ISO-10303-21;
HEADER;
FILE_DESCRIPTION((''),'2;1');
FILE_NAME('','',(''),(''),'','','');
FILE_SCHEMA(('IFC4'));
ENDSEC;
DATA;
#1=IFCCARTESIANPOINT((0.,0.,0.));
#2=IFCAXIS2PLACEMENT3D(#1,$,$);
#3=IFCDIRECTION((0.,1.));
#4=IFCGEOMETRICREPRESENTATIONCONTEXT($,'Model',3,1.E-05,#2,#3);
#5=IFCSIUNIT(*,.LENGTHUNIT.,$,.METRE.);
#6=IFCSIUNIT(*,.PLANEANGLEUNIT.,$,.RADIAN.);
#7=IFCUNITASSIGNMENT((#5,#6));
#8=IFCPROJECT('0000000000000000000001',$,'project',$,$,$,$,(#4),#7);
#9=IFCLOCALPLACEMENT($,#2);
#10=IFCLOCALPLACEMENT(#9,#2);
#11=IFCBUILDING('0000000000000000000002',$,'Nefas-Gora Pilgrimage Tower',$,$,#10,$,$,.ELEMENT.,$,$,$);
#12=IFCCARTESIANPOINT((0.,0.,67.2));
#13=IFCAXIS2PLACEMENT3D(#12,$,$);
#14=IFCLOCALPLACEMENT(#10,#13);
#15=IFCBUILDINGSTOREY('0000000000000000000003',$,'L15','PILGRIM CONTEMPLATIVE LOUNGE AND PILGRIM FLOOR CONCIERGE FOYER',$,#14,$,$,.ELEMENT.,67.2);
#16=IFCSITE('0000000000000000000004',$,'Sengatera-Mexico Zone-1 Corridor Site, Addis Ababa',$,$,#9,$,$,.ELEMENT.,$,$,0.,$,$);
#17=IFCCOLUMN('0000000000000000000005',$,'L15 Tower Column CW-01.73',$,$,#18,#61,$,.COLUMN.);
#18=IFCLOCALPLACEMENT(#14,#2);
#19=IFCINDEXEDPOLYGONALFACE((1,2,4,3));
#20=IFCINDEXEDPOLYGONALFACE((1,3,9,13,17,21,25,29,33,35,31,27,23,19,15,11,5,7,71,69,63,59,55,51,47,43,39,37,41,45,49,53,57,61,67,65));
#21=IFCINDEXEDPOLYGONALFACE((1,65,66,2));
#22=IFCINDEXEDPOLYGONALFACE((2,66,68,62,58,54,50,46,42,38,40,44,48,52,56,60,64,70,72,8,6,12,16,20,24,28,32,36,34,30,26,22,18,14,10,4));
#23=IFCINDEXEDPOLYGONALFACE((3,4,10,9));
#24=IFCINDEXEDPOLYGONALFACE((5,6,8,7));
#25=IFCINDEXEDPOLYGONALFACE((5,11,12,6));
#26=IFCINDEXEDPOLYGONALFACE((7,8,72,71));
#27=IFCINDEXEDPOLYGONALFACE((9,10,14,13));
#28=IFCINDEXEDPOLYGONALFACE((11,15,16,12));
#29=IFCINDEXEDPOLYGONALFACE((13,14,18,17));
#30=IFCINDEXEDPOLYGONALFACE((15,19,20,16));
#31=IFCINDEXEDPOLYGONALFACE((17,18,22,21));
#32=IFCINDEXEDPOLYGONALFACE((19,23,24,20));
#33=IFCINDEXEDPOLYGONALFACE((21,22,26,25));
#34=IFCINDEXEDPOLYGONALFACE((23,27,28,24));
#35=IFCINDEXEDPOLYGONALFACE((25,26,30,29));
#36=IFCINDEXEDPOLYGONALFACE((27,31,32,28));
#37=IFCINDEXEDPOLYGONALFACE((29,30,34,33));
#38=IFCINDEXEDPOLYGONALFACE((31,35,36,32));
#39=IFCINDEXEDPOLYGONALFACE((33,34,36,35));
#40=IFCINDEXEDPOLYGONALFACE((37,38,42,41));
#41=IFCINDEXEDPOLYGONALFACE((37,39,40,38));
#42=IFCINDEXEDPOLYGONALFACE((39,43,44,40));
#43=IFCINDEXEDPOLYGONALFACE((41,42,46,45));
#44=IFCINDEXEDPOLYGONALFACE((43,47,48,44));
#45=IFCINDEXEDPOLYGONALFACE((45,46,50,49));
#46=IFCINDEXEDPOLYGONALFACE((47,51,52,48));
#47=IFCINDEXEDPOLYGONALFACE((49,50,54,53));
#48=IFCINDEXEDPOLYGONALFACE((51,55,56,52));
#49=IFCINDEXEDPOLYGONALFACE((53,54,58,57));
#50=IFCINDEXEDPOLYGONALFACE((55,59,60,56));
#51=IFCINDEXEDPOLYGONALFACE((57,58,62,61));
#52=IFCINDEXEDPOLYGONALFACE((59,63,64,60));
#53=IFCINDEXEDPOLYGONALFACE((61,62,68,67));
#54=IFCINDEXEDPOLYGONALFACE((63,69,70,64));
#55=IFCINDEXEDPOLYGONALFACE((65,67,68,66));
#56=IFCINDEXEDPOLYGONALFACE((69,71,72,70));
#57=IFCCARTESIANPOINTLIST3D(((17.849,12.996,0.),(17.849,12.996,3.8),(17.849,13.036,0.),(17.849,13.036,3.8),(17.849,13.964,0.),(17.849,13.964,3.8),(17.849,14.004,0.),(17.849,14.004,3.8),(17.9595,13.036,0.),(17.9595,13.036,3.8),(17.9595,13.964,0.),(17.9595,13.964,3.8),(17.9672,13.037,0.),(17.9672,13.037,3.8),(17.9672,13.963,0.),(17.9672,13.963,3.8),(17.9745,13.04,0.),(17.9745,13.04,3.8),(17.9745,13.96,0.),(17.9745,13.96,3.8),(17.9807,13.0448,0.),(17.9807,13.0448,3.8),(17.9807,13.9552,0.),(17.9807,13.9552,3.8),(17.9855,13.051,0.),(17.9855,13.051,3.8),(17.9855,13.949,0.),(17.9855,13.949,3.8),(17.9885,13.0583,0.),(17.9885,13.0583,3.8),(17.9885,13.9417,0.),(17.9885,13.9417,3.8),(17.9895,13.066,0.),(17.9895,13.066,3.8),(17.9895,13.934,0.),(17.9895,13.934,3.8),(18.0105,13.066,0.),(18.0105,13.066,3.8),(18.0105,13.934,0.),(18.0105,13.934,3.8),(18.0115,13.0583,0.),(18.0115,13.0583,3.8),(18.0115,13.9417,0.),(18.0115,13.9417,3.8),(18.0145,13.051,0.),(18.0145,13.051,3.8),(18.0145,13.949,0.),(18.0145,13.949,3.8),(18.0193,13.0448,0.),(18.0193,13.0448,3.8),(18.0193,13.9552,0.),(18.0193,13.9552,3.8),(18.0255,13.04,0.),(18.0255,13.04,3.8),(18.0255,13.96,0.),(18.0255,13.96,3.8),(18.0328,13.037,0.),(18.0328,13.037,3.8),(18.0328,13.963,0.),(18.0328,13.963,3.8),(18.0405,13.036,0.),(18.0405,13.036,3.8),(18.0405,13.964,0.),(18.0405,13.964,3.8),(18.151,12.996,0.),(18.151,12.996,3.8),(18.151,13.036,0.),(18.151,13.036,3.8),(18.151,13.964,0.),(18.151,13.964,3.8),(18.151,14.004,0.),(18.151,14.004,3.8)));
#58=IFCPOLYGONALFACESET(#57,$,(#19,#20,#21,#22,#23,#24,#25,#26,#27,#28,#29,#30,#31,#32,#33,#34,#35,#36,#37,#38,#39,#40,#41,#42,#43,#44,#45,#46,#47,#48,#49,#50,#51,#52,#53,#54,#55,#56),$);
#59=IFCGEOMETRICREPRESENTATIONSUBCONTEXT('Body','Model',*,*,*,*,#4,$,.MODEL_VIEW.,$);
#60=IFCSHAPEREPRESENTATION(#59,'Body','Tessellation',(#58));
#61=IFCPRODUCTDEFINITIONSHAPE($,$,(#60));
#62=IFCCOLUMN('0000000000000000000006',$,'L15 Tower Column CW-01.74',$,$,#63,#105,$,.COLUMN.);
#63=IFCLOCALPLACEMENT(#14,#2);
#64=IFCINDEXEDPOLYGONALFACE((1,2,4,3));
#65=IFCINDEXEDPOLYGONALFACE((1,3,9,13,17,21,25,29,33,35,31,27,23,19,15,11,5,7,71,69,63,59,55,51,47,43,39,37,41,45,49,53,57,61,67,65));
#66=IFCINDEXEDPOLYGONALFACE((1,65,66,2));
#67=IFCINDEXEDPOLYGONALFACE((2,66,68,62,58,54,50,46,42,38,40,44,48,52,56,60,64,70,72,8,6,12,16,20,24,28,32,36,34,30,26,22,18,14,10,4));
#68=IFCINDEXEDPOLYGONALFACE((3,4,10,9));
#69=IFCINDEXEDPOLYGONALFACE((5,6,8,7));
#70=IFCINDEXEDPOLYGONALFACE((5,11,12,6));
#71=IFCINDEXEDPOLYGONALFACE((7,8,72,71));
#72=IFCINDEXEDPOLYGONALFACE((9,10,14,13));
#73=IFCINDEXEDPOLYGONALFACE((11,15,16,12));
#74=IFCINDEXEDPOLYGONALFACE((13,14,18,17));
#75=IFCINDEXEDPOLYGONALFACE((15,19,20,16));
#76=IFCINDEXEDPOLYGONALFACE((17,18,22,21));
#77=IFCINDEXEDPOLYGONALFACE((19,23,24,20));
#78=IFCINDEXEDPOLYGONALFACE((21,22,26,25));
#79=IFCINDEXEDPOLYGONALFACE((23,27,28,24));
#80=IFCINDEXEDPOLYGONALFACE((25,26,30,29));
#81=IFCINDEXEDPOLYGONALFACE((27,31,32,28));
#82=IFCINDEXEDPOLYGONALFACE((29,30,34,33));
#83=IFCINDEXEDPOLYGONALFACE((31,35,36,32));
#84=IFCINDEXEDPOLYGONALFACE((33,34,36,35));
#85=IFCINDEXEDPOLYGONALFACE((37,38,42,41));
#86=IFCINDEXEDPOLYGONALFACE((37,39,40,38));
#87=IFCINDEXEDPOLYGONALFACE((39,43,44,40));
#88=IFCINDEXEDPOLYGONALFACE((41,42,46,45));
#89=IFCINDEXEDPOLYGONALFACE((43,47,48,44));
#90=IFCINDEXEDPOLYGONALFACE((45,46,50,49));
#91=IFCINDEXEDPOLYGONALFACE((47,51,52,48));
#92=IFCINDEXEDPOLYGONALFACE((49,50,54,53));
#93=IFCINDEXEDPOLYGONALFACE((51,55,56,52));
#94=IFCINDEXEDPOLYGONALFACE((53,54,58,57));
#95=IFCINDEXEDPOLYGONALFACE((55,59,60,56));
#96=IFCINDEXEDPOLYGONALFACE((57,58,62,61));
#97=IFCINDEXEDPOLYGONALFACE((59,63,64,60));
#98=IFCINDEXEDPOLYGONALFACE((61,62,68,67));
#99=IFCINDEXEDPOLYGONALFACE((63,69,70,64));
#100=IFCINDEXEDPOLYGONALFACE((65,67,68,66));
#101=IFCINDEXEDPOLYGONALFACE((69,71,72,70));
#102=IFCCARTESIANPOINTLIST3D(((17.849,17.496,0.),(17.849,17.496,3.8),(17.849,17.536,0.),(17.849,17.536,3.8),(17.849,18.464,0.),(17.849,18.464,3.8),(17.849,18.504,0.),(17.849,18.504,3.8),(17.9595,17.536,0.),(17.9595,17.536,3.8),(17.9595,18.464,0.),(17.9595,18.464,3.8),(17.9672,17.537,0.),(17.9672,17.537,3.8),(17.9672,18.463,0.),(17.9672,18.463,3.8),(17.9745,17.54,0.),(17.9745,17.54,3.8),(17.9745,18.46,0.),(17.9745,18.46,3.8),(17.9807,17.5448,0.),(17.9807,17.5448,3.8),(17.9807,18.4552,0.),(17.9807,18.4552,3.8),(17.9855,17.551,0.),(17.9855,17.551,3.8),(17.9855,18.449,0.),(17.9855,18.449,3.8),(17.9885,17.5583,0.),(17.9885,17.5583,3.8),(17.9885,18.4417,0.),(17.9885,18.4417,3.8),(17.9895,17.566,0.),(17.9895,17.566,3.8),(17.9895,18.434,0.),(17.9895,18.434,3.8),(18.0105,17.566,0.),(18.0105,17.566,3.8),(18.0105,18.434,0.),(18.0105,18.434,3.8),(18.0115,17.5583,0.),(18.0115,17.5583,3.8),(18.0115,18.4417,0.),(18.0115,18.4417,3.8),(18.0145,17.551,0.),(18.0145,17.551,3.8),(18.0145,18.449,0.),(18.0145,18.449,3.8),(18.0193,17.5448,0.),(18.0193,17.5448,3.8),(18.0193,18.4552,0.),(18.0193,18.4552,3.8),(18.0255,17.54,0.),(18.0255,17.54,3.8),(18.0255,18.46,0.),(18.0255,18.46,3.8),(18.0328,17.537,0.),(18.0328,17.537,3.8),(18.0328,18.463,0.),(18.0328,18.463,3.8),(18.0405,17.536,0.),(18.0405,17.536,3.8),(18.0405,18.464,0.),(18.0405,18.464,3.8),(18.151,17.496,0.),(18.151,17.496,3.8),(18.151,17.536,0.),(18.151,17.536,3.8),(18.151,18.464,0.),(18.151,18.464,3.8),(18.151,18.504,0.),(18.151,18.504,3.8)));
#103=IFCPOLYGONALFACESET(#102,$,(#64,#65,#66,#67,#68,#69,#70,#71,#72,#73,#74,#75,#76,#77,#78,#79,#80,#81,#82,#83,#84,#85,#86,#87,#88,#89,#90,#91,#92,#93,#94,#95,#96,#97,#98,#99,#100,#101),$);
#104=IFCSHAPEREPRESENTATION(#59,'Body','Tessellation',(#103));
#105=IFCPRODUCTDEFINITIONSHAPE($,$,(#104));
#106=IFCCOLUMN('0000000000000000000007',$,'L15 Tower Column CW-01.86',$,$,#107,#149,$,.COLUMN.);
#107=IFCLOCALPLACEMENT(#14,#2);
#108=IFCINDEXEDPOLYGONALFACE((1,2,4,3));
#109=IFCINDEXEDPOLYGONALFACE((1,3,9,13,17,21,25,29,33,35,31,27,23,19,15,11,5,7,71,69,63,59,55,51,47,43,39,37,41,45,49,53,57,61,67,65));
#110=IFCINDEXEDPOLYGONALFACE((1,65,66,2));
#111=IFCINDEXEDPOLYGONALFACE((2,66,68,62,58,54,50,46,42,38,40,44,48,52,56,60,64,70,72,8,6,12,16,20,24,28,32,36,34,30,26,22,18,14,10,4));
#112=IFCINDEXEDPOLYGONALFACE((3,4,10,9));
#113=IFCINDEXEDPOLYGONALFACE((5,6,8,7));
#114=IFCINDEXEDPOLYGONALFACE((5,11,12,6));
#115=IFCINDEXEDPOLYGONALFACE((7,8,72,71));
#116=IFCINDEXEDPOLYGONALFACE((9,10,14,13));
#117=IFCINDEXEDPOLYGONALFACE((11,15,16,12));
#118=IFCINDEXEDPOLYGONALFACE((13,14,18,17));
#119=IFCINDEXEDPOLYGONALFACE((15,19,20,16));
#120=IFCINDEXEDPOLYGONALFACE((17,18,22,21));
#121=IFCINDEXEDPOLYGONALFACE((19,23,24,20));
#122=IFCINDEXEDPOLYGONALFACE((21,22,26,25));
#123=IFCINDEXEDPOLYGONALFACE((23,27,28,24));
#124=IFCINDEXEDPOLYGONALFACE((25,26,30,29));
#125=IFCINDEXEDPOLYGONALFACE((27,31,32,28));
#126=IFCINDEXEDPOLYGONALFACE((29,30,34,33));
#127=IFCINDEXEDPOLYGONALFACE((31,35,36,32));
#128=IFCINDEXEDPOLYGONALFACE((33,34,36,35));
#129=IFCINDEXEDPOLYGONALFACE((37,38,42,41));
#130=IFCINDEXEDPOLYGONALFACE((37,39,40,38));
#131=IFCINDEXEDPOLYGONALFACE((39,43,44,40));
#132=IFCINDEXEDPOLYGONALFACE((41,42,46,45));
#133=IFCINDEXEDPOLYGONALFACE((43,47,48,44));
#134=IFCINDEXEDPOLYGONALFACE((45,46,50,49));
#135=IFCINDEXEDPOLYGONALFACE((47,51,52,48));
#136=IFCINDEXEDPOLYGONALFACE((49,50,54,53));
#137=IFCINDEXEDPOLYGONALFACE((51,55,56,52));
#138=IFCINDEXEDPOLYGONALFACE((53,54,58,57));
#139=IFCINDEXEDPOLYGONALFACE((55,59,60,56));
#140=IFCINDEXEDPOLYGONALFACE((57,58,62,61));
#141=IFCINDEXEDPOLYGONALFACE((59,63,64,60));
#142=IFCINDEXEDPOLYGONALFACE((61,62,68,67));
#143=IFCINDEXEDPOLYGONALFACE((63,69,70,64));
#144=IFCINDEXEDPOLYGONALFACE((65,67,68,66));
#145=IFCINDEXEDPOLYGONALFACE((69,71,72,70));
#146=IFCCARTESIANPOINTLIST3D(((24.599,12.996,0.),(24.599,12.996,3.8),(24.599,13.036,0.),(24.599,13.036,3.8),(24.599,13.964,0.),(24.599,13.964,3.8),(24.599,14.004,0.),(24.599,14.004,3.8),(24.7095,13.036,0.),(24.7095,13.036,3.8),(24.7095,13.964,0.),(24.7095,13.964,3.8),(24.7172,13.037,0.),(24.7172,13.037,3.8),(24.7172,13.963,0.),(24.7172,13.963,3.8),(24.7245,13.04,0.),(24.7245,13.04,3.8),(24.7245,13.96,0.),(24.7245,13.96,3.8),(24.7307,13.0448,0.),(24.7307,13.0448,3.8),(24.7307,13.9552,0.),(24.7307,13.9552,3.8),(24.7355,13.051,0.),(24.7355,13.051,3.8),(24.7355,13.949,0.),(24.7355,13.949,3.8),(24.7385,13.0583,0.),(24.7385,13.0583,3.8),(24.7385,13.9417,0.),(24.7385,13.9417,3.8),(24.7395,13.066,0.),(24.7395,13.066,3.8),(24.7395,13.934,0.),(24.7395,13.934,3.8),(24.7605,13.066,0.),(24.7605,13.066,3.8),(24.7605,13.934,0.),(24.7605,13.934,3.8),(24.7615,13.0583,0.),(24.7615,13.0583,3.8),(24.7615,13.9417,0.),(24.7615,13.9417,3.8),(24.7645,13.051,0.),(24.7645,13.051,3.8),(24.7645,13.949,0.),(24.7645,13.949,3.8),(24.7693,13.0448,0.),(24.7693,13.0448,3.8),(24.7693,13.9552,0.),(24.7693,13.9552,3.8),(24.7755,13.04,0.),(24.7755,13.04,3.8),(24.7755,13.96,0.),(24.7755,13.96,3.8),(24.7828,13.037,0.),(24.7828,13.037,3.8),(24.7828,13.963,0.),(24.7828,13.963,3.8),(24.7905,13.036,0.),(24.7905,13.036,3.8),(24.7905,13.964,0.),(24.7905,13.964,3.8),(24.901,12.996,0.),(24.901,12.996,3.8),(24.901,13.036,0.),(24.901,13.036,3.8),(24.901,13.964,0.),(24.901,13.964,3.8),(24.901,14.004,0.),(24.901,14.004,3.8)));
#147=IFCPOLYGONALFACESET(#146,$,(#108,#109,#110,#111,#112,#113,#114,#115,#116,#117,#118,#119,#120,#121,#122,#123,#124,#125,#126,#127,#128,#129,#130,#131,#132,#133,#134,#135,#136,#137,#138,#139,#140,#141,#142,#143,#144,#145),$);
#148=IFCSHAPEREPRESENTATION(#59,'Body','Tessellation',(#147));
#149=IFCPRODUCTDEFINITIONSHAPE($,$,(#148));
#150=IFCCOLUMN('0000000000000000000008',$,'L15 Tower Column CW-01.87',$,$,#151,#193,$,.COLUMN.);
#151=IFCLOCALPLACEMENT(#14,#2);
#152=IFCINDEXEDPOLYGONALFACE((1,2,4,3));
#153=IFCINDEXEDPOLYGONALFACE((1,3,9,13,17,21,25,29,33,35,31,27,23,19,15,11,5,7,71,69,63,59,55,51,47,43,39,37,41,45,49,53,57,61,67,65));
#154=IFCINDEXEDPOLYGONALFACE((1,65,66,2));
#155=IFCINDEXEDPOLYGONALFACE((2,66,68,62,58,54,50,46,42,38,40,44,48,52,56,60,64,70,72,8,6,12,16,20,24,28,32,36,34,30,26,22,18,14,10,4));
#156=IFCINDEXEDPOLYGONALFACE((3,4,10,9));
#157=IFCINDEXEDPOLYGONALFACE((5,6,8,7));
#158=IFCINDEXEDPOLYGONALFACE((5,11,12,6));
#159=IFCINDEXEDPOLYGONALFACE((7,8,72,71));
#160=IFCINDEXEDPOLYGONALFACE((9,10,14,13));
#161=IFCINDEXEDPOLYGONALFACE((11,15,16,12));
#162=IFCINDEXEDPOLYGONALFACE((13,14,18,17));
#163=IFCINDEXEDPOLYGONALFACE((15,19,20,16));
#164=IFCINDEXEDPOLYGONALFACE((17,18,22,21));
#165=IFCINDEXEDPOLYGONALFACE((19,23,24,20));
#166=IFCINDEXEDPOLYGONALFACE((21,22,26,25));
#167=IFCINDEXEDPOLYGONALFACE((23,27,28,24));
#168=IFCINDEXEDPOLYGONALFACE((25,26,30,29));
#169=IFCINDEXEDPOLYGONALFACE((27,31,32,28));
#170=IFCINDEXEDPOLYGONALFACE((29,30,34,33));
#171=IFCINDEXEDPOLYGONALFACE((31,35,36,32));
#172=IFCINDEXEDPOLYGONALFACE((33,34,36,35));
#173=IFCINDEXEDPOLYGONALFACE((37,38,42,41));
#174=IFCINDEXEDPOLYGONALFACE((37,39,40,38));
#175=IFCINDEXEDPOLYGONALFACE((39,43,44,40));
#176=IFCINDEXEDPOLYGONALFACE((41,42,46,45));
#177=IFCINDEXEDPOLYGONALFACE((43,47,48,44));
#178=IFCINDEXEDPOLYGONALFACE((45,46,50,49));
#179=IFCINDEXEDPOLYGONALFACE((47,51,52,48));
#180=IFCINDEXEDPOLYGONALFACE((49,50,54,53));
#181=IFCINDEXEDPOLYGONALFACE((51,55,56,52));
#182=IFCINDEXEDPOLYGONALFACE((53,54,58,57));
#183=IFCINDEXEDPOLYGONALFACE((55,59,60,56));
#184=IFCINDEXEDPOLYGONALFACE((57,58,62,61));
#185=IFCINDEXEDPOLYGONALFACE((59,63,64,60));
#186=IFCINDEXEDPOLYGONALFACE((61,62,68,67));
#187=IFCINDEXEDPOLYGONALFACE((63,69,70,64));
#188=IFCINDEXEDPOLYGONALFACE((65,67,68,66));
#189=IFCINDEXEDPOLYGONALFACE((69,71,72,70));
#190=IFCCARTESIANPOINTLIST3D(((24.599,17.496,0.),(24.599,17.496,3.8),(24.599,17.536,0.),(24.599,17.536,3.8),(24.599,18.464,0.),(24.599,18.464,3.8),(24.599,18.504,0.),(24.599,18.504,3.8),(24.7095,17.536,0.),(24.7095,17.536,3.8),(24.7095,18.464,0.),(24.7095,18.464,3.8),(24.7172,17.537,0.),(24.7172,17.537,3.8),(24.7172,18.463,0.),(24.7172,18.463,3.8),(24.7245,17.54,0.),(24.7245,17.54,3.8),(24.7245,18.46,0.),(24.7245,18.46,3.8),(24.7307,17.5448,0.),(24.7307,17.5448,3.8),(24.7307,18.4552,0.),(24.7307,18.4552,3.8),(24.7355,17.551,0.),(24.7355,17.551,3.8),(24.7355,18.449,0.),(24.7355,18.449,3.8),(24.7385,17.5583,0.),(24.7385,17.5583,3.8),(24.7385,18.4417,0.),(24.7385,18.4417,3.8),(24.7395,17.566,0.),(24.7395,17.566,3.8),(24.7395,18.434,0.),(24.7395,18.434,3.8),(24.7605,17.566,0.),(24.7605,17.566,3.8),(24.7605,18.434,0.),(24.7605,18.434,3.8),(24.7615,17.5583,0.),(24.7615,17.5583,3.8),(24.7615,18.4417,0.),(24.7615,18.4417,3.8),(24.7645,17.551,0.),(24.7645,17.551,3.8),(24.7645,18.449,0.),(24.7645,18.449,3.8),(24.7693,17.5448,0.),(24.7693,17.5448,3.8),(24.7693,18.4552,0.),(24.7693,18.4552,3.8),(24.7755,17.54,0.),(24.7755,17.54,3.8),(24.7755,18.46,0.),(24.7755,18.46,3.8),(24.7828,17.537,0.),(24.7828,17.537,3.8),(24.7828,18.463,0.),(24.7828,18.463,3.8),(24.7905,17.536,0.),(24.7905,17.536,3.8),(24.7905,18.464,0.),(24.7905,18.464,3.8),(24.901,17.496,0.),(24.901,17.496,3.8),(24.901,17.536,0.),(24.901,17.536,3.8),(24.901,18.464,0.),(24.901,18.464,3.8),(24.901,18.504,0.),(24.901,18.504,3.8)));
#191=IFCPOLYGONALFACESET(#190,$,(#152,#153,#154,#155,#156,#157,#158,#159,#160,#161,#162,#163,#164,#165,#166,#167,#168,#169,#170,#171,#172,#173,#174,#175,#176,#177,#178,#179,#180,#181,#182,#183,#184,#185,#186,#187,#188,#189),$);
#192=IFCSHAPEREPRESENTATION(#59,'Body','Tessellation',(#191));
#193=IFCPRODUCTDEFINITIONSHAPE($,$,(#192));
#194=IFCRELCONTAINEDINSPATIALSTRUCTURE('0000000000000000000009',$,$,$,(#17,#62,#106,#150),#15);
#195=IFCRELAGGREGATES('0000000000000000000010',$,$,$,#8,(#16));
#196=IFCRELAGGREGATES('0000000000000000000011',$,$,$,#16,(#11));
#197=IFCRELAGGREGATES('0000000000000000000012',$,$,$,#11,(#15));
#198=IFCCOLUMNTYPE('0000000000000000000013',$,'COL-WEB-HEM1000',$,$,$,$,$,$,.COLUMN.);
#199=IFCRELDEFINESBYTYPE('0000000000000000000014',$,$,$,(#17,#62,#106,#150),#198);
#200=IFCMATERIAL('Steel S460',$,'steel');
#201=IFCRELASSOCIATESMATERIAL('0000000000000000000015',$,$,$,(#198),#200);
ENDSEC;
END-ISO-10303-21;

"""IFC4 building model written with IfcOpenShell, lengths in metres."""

from ifc_helpers import new_model, si_unit, direction, frame, origin, origin_2d, place, context, subcontext, project, spatial, i_section, extrude, source, transform, mapped, material, material_profile, profile_set, type_object, element, save


model = new_model("IFC4")

# Units and contexts
model_context = context("Model", 3, precision=1e-05, world=origin(), true_north=direction((0.0, 1.0)))
body_context = subcontext(model_context, "Body", "Model", "MODEL_VIEW")
ifc_project = project(units=[si_unit("LENGTHUNIT", "METRE"), si_unit("PLANEANGLEUNIT", "RADIAN")], contexts=[model_context])

# Site, building, storey
site_placement = place(None, origin())
site = spatial("IfcSite", under=ifc_project, at=site_placement, Name="Sengatera-Mexico Zone-1 Corridor Site, Addis Ababa", CompositionType="ELEMENT", RefElevation=0.0)
building_placement = place(site_placement, origin())
building = spatial("IfcBuilding", under=site, at=building_placement, Name="Nefas-Gora Pilgrimage Tower", CompositionType="ELEMENT")
storey_placement = place(building_placement, frame((0.0, 0.0, 67.2)))
storey = spatial("IfcBuildingStorey", under=building, at=storey_placement, Name="L15", Description="PILGRIM CONTEMPLATIVE LOUNGE AND PILGRIM FLOOR CONCIERGE FOYER", CompositionType="ELEMENT", Elevation=67.2)

# Columns
ifc_material_1 = material(Name="Steel S460", Category="steel")
ifc_material_profile_1 = material_profile(ifc_material_1, i_section(OverallWidth=0.302, OverallDepth=1.0081, WebThickness=0.021, FlangeThickness=0.04, FilletRadius=0.03, at=origin_2d()), Name="HEM 1000")
ifc_profile_set_1 = profile_set([ifc_material_profile_1], Name="Steel S460")
column_type_1 = type_object("IfcColumnType", Name="COL-WEB-HEM1000", PredefinedType="COLUMN", material=ifc_profile_set_1)
shared_shape_1 = source(origin(), body_context, "Body", "SweptSolid", [
    extrude(i_section(OverallWidth=0.302, OverallDepth=1.0081, WebThickness=0.021, FlangeThickness=0.04, FilletRadius=0.03, at=origin_2d()), origin(), (0.0, 0.0, 1.0), 3.8),
])
for number, where, z_axis, x_axis, name in (
    (1, (18.0, 13.5, 0.0), (0.0, 0.0, 1.0), (1.0, 0.0, 0.0), "L15 Tower Column CW-01.73"),
    (2, (18.0, 18.0, 0.0), (0.0, 0.0, 1.0), (1.0, 0.0, 0.0), "L15 Tower Column CW-01.74"),
    (3, (24.75, 13.5, 0.0), (0.0, 0.0, 1.0), (1.0, 0.0, 0.0), "L15 Tower Column CW-01.86"),
    (4, (24.75, 18.0, 0.0), (0.0, 0.0, 1.0), (1.0, 0.0, 0.0), "L15 Tower Column CW-01.87"),
):
    element("IfcColumn", number, at=place(storey_placement, frame(where, z_axis=z_axis, x_axis=x_axis)), inside=storey, type_object=column_type_1, Name=name, PredefinedType="COLUMN", context=body_context, shape_type="MappedRepresentation", body=[
        mapped(shared_shape_1, transform((0.0, 0.0, 0.0), x_axis=(1.0, 0.0, 0.0), y_axis=(0.0, 1.0, 0.0), z_axis=(0.0, 0.0, 1.0), scale=1.0)),
    ])

save(model, "model.ifc")
